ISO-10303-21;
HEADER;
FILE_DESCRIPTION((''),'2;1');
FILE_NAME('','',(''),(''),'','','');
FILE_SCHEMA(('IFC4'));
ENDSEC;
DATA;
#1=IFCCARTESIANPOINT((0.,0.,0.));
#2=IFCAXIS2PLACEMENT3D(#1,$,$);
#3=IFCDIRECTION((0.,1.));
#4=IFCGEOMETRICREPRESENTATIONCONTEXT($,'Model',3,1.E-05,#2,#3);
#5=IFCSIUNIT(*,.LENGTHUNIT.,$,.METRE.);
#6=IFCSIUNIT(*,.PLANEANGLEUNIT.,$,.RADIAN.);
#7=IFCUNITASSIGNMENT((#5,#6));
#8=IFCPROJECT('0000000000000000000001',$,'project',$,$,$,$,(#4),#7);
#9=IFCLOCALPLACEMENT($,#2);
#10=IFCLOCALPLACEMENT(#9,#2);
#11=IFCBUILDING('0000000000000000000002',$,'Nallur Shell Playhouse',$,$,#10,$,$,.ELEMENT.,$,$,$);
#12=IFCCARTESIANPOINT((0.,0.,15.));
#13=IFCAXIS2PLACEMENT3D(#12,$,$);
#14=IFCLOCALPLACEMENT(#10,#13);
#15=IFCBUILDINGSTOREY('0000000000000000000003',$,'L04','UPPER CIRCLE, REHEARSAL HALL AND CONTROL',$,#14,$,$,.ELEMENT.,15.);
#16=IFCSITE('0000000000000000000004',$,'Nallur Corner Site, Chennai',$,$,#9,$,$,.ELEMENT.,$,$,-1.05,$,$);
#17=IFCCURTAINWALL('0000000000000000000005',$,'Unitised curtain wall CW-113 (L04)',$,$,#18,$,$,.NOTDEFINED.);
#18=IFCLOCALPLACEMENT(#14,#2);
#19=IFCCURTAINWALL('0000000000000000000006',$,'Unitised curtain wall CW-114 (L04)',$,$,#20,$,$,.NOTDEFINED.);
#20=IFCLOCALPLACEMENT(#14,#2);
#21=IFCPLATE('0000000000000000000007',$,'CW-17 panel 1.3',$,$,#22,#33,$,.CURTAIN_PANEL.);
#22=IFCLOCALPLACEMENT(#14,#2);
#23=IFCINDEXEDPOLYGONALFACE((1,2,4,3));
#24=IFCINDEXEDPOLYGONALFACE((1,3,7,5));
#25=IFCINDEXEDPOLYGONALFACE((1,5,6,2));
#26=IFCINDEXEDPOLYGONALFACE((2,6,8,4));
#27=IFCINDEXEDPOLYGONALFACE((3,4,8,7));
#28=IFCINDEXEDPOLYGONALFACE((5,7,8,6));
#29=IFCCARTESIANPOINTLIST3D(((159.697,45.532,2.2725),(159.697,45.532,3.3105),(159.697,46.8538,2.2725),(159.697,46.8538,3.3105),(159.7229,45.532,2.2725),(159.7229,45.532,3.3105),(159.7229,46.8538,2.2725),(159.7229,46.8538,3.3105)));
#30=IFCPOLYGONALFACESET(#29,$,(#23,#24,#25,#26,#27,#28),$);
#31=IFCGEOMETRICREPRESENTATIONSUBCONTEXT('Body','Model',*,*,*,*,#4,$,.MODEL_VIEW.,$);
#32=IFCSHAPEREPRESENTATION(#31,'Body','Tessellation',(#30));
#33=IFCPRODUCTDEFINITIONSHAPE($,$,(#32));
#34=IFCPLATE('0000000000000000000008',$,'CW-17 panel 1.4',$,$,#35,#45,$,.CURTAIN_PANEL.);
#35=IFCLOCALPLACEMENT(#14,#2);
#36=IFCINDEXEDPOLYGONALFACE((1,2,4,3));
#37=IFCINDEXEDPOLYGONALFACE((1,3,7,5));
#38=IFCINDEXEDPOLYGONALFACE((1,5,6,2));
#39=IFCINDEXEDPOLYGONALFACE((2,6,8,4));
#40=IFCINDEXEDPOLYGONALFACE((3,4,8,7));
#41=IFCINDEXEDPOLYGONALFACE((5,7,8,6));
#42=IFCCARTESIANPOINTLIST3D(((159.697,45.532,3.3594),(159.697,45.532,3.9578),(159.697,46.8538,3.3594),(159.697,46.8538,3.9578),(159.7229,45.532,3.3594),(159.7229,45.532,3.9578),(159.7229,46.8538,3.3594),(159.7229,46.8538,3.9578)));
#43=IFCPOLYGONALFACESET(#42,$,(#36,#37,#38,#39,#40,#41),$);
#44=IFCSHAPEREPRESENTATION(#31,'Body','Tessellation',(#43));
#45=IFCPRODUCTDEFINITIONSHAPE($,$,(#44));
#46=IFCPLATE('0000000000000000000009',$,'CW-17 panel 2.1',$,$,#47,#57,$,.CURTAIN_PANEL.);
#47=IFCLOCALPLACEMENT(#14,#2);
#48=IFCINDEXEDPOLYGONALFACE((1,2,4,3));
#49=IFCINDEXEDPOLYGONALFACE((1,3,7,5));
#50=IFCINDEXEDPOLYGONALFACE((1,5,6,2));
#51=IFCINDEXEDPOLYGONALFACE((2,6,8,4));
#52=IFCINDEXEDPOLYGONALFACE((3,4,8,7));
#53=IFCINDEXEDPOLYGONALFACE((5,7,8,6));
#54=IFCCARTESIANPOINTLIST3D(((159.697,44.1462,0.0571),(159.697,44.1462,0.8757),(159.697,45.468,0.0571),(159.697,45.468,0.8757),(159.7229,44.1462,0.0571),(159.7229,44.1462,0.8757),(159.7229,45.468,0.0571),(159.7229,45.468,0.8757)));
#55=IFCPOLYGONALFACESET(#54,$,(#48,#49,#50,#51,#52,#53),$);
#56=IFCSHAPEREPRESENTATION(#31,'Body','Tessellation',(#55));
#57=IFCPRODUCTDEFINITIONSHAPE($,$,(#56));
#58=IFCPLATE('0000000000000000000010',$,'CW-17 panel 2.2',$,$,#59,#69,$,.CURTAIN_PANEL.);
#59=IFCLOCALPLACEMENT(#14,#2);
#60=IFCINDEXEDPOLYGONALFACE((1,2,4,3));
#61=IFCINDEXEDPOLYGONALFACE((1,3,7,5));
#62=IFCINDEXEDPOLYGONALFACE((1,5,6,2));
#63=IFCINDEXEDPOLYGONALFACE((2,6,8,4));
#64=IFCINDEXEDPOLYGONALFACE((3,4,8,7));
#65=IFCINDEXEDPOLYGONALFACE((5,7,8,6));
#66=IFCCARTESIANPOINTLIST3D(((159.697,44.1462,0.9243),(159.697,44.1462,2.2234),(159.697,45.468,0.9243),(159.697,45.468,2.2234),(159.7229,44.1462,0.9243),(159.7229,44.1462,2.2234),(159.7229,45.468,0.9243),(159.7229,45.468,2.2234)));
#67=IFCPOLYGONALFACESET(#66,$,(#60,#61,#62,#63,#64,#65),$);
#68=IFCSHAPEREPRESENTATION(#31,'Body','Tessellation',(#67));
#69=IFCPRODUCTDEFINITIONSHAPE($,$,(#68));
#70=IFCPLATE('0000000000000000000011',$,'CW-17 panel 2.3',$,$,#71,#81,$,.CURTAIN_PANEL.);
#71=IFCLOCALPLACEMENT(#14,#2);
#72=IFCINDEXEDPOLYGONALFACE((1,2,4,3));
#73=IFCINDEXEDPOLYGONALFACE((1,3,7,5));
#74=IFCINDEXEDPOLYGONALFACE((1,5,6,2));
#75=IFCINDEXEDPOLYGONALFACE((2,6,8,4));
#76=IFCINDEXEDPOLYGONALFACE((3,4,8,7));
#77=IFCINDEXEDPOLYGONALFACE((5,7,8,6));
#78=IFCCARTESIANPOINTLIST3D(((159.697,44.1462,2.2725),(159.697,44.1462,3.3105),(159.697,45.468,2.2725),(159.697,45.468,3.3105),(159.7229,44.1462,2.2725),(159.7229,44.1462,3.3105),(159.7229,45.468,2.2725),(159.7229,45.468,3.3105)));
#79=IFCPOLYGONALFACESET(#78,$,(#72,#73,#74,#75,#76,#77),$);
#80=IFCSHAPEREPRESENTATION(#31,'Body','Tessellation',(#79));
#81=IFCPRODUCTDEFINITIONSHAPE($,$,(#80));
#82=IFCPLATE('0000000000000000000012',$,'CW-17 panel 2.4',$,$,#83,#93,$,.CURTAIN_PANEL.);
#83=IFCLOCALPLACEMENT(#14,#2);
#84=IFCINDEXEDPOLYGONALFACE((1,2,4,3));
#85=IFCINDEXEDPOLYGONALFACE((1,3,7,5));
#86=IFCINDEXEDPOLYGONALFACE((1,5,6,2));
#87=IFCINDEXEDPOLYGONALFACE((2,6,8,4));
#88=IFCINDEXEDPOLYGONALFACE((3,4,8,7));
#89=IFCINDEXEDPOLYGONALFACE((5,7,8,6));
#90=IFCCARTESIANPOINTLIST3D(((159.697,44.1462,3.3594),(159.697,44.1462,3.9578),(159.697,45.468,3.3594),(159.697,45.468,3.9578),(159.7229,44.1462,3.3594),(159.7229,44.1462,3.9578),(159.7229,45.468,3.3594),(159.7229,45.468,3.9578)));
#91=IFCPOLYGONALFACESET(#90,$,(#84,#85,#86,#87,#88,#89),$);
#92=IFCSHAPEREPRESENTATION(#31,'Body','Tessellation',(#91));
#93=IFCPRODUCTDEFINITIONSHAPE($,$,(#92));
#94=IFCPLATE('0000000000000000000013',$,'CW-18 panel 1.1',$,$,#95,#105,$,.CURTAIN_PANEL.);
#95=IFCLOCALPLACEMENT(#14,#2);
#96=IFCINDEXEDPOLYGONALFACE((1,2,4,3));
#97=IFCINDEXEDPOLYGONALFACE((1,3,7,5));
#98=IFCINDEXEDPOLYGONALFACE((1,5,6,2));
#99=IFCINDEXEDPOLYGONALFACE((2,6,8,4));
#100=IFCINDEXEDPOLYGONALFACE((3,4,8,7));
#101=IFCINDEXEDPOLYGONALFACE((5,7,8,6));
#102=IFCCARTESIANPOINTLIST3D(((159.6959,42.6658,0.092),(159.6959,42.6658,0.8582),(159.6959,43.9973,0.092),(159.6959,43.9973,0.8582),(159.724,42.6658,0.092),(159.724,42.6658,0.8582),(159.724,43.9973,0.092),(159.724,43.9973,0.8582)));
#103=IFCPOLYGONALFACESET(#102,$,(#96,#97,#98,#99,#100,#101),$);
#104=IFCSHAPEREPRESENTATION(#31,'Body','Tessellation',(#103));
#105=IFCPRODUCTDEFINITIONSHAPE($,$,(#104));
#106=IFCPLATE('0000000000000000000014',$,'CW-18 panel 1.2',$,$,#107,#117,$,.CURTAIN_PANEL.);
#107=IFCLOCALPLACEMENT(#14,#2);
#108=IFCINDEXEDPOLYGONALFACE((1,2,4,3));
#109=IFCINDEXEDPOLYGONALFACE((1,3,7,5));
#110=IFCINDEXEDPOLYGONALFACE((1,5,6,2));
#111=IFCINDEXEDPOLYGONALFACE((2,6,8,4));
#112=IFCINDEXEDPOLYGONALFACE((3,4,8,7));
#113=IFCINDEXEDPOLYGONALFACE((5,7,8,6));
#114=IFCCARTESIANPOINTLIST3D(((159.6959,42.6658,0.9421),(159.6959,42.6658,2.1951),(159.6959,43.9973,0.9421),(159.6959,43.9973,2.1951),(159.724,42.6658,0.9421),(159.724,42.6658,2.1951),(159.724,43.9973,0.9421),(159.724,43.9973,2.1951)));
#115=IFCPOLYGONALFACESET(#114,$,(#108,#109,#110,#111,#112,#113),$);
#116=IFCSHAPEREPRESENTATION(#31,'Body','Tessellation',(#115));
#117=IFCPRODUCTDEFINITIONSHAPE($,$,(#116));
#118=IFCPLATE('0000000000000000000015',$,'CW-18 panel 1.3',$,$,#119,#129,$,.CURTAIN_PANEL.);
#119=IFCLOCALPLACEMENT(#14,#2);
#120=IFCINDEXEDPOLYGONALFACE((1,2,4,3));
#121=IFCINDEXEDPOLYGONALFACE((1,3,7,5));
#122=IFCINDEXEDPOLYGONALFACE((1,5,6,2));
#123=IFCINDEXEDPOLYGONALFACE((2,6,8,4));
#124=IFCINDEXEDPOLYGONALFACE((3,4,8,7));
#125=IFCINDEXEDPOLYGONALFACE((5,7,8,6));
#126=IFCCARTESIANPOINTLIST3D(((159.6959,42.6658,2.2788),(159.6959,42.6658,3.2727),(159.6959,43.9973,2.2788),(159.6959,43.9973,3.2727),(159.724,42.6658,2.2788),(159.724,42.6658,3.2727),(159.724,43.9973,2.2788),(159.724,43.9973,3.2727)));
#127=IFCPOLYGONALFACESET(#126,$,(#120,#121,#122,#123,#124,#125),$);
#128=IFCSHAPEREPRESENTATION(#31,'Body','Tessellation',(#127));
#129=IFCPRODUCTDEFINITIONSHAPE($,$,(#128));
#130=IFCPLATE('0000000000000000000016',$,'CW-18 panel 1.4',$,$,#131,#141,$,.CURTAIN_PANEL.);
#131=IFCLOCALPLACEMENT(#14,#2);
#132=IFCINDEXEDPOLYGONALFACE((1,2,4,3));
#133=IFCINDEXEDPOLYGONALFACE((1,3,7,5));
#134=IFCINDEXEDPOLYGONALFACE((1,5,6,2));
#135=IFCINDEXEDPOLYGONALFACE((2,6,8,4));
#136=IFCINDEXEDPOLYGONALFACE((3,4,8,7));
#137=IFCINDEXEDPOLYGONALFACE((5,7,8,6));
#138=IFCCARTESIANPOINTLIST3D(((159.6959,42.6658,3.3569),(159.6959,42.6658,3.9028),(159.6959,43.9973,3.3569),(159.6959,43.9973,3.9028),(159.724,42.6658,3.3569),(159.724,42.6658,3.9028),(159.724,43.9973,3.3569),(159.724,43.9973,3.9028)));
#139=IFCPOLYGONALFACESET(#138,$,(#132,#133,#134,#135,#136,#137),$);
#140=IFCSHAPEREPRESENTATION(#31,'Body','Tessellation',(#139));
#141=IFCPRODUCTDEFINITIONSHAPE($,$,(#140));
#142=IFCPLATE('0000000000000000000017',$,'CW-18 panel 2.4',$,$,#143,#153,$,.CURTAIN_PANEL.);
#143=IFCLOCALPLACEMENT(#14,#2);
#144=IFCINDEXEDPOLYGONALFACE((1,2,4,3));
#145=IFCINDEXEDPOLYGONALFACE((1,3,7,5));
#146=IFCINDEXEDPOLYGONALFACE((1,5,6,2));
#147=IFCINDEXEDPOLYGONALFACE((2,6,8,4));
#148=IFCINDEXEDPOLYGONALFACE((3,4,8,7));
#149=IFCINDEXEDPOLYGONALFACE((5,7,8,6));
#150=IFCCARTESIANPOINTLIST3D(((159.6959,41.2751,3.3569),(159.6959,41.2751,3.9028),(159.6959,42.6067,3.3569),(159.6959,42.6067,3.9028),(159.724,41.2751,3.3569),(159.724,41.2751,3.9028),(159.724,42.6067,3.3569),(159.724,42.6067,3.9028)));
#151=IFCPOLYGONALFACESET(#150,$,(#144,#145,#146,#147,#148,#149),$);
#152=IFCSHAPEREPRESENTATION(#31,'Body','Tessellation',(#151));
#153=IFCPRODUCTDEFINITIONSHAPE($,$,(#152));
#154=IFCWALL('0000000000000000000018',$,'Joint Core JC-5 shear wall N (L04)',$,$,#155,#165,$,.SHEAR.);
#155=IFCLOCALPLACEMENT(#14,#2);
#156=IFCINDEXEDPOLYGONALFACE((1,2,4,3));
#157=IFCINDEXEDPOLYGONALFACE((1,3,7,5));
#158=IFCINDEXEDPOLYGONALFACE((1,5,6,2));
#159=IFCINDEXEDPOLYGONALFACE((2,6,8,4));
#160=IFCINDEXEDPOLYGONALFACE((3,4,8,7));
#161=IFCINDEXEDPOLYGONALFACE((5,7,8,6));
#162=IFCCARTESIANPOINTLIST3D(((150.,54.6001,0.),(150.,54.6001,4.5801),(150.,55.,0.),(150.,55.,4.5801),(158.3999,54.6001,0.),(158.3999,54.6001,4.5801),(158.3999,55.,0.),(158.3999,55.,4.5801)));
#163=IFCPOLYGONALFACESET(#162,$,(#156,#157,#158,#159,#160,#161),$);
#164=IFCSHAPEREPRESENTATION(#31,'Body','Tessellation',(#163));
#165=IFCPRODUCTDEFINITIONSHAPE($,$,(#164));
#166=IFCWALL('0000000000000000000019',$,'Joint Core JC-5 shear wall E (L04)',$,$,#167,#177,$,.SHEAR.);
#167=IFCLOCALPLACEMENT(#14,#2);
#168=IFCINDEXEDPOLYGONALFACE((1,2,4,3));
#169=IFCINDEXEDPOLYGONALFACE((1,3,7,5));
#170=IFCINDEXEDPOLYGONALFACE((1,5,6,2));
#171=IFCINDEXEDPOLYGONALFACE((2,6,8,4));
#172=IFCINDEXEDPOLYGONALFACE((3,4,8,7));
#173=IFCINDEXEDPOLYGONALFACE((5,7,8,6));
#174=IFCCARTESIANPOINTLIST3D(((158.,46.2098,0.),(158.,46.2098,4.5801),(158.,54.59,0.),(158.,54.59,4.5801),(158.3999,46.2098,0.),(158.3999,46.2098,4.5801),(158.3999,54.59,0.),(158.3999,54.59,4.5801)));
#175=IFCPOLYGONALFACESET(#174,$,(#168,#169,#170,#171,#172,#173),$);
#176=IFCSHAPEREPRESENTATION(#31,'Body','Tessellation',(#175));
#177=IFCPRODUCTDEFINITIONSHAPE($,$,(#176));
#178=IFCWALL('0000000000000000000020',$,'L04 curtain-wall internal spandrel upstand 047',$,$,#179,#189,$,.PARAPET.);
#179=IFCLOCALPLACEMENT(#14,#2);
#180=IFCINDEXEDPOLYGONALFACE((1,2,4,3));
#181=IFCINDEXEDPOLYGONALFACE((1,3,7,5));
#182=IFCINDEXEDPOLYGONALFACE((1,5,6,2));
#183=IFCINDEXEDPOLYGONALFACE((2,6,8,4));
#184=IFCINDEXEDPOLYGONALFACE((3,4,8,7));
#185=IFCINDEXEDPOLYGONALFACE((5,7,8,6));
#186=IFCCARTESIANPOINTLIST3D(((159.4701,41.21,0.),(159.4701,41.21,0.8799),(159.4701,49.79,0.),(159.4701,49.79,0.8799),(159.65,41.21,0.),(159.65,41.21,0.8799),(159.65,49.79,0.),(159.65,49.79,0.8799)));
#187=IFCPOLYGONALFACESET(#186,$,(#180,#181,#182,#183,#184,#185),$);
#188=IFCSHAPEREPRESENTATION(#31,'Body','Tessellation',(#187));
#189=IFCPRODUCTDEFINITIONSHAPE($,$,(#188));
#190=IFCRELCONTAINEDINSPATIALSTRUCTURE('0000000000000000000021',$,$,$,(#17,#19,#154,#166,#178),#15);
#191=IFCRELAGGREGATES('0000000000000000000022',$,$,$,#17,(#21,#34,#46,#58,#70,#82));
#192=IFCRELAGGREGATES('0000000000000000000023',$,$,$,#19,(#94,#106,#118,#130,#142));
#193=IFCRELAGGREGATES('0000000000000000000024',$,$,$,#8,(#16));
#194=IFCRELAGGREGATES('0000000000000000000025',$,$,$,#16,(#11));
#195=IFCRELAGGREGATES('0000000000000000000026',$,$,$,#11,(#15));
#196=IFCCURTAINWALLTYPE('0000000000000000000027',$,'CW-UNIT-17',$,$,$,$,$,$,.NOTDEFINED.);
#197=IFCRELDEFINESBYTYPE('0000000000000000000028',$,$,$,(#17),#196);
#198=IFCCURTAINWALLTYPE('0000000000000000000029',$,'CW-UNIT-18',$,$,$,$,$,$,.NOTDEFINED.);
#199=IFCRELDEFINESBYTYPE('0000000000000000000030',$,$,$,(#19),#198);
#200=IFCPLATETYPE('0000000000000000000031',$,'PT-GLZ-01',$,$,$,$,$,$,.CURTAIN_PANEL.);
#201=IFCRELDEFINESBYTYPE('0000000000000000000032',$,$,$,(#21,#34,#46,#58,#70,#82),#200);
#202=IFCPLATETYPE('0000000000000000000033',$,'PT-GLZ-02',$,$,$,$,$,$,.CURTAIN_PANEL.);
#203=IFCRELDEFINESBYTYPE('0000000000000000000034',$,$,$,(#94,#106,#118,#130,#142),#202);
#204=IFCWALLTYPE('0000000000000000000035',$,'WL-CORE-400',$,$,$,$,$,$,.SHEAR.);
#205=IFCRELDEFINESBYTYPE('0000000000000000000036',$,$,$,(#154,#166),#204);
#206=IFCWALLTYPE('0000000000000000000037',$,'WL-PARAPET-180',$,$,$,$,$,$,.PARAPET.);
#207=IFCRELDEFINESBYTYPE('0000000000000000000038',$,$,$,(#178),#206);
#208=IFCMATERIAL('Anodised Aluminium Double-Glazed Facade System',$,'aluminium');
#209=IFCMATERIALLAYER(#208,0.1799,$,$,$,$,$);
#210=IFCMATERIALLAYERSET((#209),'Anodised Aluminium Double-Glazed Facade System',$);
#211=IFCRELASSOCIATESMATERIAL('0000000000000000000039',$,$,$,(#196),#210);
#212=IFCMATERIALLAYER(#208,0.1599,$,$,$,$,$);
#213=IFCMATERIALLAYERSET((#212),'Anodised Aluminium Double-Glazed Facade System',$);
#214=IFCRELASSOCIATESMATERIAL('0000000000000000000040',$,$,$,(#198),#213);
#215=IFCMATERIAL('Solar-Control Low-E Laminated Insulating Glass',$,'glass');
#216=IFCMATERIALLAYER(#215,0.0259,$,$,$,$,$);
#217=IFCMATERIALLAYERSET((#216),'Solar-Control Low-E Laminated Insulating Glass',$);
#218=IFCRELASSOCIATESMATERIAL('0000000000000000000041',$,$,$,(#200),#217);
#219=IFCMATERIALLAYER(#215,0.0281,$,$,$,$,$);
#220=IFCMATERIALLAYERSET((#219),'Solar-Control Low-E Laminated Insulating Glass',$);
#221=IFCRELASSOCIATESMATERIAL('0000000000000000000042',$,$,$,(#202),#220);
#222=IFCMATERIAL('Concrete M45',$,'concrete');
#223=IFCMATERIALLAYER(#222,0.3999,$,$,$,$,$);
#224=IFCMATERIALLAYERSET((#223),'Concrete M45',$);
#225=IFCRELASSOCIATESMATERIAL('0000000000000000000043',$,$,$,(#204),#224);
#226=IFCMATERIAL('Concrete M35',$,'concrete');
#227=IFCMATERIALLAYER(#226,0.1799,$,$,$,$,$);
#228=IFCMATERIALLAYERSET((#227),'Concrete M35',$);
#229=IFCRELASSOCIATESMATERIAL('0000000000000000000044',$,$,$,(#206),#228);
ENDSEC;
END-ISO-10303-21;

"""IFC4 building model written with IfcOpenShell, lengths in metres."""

from ifc_helpers import new_model, si_unit, direction, frame, frame_2d, origin, origin_2d, place, context, subcontext, project, spatial, rectangle, extrude, material, layer, layer_set, type_object, element, aggregate, save


model = new_model("IFC4")

# Units and contexts
model_context = context("Model", 3, precision=1e-05, world=origin(), true_north=direction((0.0, 1.0)))
body_context = subcontext(model_context, "Body", "Model", "MODEL_VIEW")
ifc_project = project(units=[si_unit("LENGTHUNIT", "METRE"), si_unit("PLANEANGLEUNIT", "RADIAN")], contexts=[model_context])

# Site, building, storey
site_placement = place(None, origin())
site = spatial("IfcSite", under=ifc_project, at=site_placement, Name="Nallur Corner Site, Chennai", CompositionType="ELEMENT", RefElevation=-1.05)
building_placement = place(site_placement, origin())
building = spatial("IfcBuilding", under=site, at=building_placement, Name="Nallur Shell Playhouse", CompositionType="ELEMENT")
storey_placement = place(building_placement, frame((0.0, 0.0, 15.0)))
storey = spatial("IfcBuildingStorey", under=building, at=storey_placement, Name="L04", Description="UPPER CIRCLE, REHEARSAL HALL AND CONTROL", CompositionType="ELEMENT", Elevation=15.0)

# Curtain walls
ifc_material_1 = material(Name="Anodised Aluminium Double-Glazed Facade System", Category="aluminium")
ifc_layer_1 = layer(ifc_material_1, 0.1799)
ifc_layer_set_1 = layer_set([ifc_layer_1], Name="Anodised Aluminium Double-Glazed Facade System")
curtain_wall_type_1 = type_object("IfcCurtainWallType", Name="CW-UNIT-17", PredefinedType="NOTDEFINED", material=ifc_layer_set_1)
curtain_wall_1_placement = place(storey_placement, origin())
curtain_wall_1 = element("IfcCurtainWall", 1, at=curtain_wall_1_placement, inside=storey, type_object=curtain_wall_type_1, Name="Unitised curtain wall CW-113 (L04)", PredefinedType="NOTDEFINED")
ifc_layer_2 = layer(ifc_material_1, 0.1599)
ifc_layer_set_2 = layer_set([ifc_layer_2], Name="Anodised Aluminium Double-Glazed Facade System")
curtain_wall_type_2 = type_object("IfcCurtainWallType", Name="CW-UNIT-18", PredefinedType="NOTDEFINED", material=ifc_layer_set_2)
curtain_wall_2_placement = place(storey_placement, origin())
curtain_wall_2 = element("IfcCurtainWall", 2, at=curtain_wall_2_placement, inside=storey, type_object=curtain_wall_type_2, Name="Unitised curtain wall CW-114 (L04)", PredefinedType="NOTDEFINED")

# Plates
ifc_material_2 = material(Name="Solar-Control Low-E Laminated Insulating Glass", Category="glass")
ifc_layer_3 = layer(ifc_material_2, 0.0259)
ifc_layer_set_3 = layer_set([ifc_layer_3], Name="Solar-Control Low-E Laminated Insulating Glass")
plate_type_1 = type_object("IfcPlateType", Name="PT-GLZ-01", PredefinedType="CURTAIN_PANEL", material=ifc_layer_set_3)
plate_1_placement = place(storey_placement, frame((159.71, 46.1929, 2.2725), z_axis=(0.0, 0.0, 1.0), x_axis=(0.0, -1.0, 0.0)))
plate_1 = element("IfcPlate", 3, at=plate_1_placement, type_object=plate_type_1, Name="CW-17 panel 1.3", PredefinedType="CURTAIN_PANEL", context=body_context, shape_type="SweptSolid", body=[
    extrude(rectangle(XDim=1.3218, YDim=0.0259, at=origin_2d()), origin(), (0.0, 0.0, 1.0), 1.0381),
])
plate_2_placement = place(storey_placement, frame((159.71, 46.1929, 3.3594), z_axis=(0.0, 0.0, 1.0), x_axis=(0.0, -1.0, 0.0)))
plate_2 = element("IfcPlate", 4, at=plate_2_placement, type_object=plate_type_1, Name="CW-17 panel 1.4", PredefinedType="CURTAIN_PANEL", context=body_context, shape_type="SweptSolid", body=[
    extrude(rectangle(XDim=1.3218, YDim=0.0259, at=origin_2d()), origin(), (0.0, 0.0, 1.0), 0.5984),
])
plate_3_placement = place(storey_placement, frame((159.71, 44.8071, 0.0571), z_axis=(0.0, 0.0, 1.0), x_axis=(0.0, -1.0, 0.0)))
plate_3 = element("IfcPlate", 5, at=plate_3_placement, type_object=plate_type_1, Name="CW-17 panel 2.1", PredefinedType="CURTAIN_PANEL", context=body_context, shape_type="SweptSolid", body=[
    extrude(rectangle(XDim=1.3218, YDim=0.0259, at=origin_2d()), origin(), (0.0, 0.0, 1.0), 0.8186),
])
plate_4_placement = place(storey_placement, frame((159.71, 44.8071, 0.9243), z_axis=(0.0, 0.0, 1.0), x_axis=(0.0, -1.0, 0.0)))
plate_4 = element("IfcPlate", 6, at=plate_4_placement, type_object=plate_type_1, Name="CW-17 panel 2.2", PredefinedType="CURTAIN_PANEL", context=body_context, shape_type="SweptSolid", body=[
    extrude(rectangle(XDim=1.3218, YDim=0.0259, at=origin_2d()), origin(), (0.0, 0.0, 1.0), 1.2991),
])
plate_5_placement = place(storey_placement, frame((159.71, 44.8071, 2.2725), z_axis=(0.0, 0.0, 1.0), x_axis=(0.0, -1.0, 0.0)))
plate_5 = element("IfcPlate", 7, at=plate_5_placement, type_object=plate_type_1, Name="CW-17 panel 2.3", PredefinedType="CURTAIN_PANEL", context=body_context, shape_type="SweptSolid", body=[
    extrude(rectangle(XDim=1.3218, YDim=0.0259, at=origin_2d()), origin(), (0.0, 0.0, 1.0), 1.0381),
])
plate_6_placement = place(storey_placement, frame((159.71, 44.8071, 3.3594), z_axis=(0.0, 0.0, 1.0), x_axis=(0.0, -1.0, 0.0)))
plate_6 = element("IfcPlate", 8, at=plate_6_placement, type_object=plate_type_1, Name="CW-17 panel 2.4", PredefinedType="CURTAIN_PANEL", context=body_context, shape_type="SweptSolid", body=[
    extrude(rectangle(XDim=1.3218, YDim=0.0259, at=origin_2d()), origin(), (0.0, 0.0, 1.0), 0.5984),
])
aggregate(curtain_wall_1, [plate_1, plate_2, plate_3, plate_4, plate_5, plate_6])
ifc_layer_4 = layer(ifc_material_2, 0.0281)
ifc_layer_set_4 = layer_set([ifc_layer_4], Name="Solar-Control Low-E Laminated Insulating Glass")
plate_type_2 = type_object("IfcPlateType", Name="PT-GLZ-02", PredefinedType="CURTAIN_PANEL", material=ifc_layer_set_4)
plate_7_placement = place(storey_placement, frame((159.71, 43.3315, 0.092), z_axis=(0.0, 0.0, 1.0), x_axis=(0.0, -1.0, 0.0)))
plate_7 = element("IfcPlate", 9, at=plate_7_placement, type_object=plate_type_2, Name="CW-18 panel 1.1", PredefinedType="CURTAIN_PANEL", context=body_context, shape_type="SweptSolid", body=[
    extrude(rectangle(XDim=1.3315, YDim=0.0281, at=origin_2d()), origin(), (0.0, 0.0, 1.0), 0.7661),
])
plate_8_placement = place(storey_placement, frame((159.71, 43.3315, 0.9421), z_axis=(0.0, 0.0, 1.0), x_axis=(0.0, -1.0, 0.0)))
plate_8 = element("IfcPlate", 10, at=plate_8_placement, type_object=plate_type_2, Name="CW-18 panel 1.2", PredefinedType="CURTAIN_PANEL", context=body_context, shape_type="SweptSolid", body=[
    extrude(rectangle(XDim=1.3315, YDim=0.0281, at=origin_2d()), origin(), (0.0, 0.0, 1.0), 1.2529),
])
plate_9_placement = place(storey_placement, frame((159.71, 43.3315, 2.2788), z_axis=(0.0, 0.0, 1.0), x_axis=(0.0, -1.0, 0.0)))
plate_9 = element("IfcPlate", 11, at=plate_9_placement, type_object=plate_type_2, Name="CW-18 panel 1.3", PredefinedType="CURTAIN_PANEL", context=body_context, shape_type="SweptSolid", body=[
    extrude(rectangle(XDim=1.3315, YDim=0.0281, at=origin_2d()), origin(), (0.0, 0.0, 1.0), 0.9939),
])
plate_10_placement = place(storey_placement, frame((159.71, 43.3315, 3.3569), z_axis=(0.0, 0.0, 1.0), x_axis=(0.0, -1.0, 0.0)))
plate_10 = element("IfcPlate", 12, at=plate_10_placement, type_object=plate_type_2, Name="CW-18 panel 1.4", PredefinedType="CURTAIN_PANEL", context=body_context, shape_type="SweptSolid", body=[
    extrude(rectangle(XDim=1.3315, YDim=0.0281, at=origin_2d()), origin(), (0.0, 0.0, 1.0), 0.5459),
])
plate_11_placement = place(storey_placement, frame((159.71, 41.9409, 3.3569), z_axis=(0.0, 0.0, 1.0), x_axis=(0.0, -1.0, 0.0)))
plate_11 = element("IfcPlate", 13, at=plate_11_placement, type_object=plate_type_2, Name="CW-18 panel 2.4", PredefinedType="CURTAIN_PANEL", context=body_context, shape_type="SweptSolid", body=[
    extrude(rectangle(XDim=1.3315, YDim=0.0281, at=origin_2d()), origin(), (0.0, 0.0, 1.0), 0.5459),
])
aggregate(curtain_wall_2, [plate_7, plate_8, plate_9, plate_10, plate_11])

# Walls
ifc_material_3 = material(Name="Concrete M45", Category="concrete")
ifc_layer_5 = layer(ifc_material_3, 0.3999)
ifc_layer_set_5 = layer_set([ifc_layer_5], Name="Concrete M45")
wall_type_1 = type_object("IfcWallType", Name="WL-CORE-400", PredefinedType="SHEAR", material=ifc_layer_set_5)
wall_1_placement = place(storey_placement, frame((158.3999, 54.8, 0.0), z_axis=(0.0, 0.0, 1.0), x_axis=(-1.0, 0.0, 0.0)))
element("IfcWall", 14, at=wall_1_placement, inside=storey, type_object=wall_type_1, Name="Joint Core JC-5 shear wall N (L04)", PredefinedType="SHEAR", context=body_context, shape_type="SweptSolid", body=[
    extrude(rectangle(XDim=8.3999, YDim=0.3999, at=frame_2d((4.2, 0.0))), origin(), (0.0, 0.0, 1.0), 4.5801),
])
wall_2_placement = place(storey_placement, frame((158.2, 46.21, 0.0), z_axis=(0.0, 0.0, 1.0), x_axis=(0.0, 1.0, 0.0)))
element("IfcWall", 15, at=wall_2_placement, inside=storey, type_object=wall_type_1, Name="Joint Core JC-5 shear wall E (L04)", PredefinedType="SHEAR", context=body_context, shape_type="SweptSolid", body=[
    extrude(rectangle(XDim=8.3801, YDim=0.3999, at=frame_2d((4.1899, 0.0))), origin(), (0.0, 0.0, 1.0), 4.5801),
])
ifc_material_4 = material(Name="Concrete M35", Category="concrete")
ifc_layer_6 = layer(ifc_material_4, 0.1799)
ifc_layer_set_6 = layer_set([ifc_layer_6], Name="Concrete M35")
wall_type_2 = type_object("IfcWallType", Name="WL-PARAPET-180", PredefinedType="PARAPET", material=ifc_layer_set_6)
wall_3_placement = place(storey_placement, frame((159.5601, 49.79, 0.0), z_axis=(0.0, 0.0, 1.0), x_axis=(0.0, -1.0, 0.0)))
element("IfcWall", 16, at=wall_3_placement, inside=storey, type_object=wall_type_2, Name="L04 curtain-wall internal spandrel upstand 047", PredefinedType="PARAPET", context=body_context, shape_type="SweptSolid", body=[
    extrude(rectangle(XDim=8.5801, YDim=0.1799, at=frame_2d((4.29, 0.0))), origin(), (0.0, 0.0, 1.0), 0.8799),
])

save(model, "model.ifc")
